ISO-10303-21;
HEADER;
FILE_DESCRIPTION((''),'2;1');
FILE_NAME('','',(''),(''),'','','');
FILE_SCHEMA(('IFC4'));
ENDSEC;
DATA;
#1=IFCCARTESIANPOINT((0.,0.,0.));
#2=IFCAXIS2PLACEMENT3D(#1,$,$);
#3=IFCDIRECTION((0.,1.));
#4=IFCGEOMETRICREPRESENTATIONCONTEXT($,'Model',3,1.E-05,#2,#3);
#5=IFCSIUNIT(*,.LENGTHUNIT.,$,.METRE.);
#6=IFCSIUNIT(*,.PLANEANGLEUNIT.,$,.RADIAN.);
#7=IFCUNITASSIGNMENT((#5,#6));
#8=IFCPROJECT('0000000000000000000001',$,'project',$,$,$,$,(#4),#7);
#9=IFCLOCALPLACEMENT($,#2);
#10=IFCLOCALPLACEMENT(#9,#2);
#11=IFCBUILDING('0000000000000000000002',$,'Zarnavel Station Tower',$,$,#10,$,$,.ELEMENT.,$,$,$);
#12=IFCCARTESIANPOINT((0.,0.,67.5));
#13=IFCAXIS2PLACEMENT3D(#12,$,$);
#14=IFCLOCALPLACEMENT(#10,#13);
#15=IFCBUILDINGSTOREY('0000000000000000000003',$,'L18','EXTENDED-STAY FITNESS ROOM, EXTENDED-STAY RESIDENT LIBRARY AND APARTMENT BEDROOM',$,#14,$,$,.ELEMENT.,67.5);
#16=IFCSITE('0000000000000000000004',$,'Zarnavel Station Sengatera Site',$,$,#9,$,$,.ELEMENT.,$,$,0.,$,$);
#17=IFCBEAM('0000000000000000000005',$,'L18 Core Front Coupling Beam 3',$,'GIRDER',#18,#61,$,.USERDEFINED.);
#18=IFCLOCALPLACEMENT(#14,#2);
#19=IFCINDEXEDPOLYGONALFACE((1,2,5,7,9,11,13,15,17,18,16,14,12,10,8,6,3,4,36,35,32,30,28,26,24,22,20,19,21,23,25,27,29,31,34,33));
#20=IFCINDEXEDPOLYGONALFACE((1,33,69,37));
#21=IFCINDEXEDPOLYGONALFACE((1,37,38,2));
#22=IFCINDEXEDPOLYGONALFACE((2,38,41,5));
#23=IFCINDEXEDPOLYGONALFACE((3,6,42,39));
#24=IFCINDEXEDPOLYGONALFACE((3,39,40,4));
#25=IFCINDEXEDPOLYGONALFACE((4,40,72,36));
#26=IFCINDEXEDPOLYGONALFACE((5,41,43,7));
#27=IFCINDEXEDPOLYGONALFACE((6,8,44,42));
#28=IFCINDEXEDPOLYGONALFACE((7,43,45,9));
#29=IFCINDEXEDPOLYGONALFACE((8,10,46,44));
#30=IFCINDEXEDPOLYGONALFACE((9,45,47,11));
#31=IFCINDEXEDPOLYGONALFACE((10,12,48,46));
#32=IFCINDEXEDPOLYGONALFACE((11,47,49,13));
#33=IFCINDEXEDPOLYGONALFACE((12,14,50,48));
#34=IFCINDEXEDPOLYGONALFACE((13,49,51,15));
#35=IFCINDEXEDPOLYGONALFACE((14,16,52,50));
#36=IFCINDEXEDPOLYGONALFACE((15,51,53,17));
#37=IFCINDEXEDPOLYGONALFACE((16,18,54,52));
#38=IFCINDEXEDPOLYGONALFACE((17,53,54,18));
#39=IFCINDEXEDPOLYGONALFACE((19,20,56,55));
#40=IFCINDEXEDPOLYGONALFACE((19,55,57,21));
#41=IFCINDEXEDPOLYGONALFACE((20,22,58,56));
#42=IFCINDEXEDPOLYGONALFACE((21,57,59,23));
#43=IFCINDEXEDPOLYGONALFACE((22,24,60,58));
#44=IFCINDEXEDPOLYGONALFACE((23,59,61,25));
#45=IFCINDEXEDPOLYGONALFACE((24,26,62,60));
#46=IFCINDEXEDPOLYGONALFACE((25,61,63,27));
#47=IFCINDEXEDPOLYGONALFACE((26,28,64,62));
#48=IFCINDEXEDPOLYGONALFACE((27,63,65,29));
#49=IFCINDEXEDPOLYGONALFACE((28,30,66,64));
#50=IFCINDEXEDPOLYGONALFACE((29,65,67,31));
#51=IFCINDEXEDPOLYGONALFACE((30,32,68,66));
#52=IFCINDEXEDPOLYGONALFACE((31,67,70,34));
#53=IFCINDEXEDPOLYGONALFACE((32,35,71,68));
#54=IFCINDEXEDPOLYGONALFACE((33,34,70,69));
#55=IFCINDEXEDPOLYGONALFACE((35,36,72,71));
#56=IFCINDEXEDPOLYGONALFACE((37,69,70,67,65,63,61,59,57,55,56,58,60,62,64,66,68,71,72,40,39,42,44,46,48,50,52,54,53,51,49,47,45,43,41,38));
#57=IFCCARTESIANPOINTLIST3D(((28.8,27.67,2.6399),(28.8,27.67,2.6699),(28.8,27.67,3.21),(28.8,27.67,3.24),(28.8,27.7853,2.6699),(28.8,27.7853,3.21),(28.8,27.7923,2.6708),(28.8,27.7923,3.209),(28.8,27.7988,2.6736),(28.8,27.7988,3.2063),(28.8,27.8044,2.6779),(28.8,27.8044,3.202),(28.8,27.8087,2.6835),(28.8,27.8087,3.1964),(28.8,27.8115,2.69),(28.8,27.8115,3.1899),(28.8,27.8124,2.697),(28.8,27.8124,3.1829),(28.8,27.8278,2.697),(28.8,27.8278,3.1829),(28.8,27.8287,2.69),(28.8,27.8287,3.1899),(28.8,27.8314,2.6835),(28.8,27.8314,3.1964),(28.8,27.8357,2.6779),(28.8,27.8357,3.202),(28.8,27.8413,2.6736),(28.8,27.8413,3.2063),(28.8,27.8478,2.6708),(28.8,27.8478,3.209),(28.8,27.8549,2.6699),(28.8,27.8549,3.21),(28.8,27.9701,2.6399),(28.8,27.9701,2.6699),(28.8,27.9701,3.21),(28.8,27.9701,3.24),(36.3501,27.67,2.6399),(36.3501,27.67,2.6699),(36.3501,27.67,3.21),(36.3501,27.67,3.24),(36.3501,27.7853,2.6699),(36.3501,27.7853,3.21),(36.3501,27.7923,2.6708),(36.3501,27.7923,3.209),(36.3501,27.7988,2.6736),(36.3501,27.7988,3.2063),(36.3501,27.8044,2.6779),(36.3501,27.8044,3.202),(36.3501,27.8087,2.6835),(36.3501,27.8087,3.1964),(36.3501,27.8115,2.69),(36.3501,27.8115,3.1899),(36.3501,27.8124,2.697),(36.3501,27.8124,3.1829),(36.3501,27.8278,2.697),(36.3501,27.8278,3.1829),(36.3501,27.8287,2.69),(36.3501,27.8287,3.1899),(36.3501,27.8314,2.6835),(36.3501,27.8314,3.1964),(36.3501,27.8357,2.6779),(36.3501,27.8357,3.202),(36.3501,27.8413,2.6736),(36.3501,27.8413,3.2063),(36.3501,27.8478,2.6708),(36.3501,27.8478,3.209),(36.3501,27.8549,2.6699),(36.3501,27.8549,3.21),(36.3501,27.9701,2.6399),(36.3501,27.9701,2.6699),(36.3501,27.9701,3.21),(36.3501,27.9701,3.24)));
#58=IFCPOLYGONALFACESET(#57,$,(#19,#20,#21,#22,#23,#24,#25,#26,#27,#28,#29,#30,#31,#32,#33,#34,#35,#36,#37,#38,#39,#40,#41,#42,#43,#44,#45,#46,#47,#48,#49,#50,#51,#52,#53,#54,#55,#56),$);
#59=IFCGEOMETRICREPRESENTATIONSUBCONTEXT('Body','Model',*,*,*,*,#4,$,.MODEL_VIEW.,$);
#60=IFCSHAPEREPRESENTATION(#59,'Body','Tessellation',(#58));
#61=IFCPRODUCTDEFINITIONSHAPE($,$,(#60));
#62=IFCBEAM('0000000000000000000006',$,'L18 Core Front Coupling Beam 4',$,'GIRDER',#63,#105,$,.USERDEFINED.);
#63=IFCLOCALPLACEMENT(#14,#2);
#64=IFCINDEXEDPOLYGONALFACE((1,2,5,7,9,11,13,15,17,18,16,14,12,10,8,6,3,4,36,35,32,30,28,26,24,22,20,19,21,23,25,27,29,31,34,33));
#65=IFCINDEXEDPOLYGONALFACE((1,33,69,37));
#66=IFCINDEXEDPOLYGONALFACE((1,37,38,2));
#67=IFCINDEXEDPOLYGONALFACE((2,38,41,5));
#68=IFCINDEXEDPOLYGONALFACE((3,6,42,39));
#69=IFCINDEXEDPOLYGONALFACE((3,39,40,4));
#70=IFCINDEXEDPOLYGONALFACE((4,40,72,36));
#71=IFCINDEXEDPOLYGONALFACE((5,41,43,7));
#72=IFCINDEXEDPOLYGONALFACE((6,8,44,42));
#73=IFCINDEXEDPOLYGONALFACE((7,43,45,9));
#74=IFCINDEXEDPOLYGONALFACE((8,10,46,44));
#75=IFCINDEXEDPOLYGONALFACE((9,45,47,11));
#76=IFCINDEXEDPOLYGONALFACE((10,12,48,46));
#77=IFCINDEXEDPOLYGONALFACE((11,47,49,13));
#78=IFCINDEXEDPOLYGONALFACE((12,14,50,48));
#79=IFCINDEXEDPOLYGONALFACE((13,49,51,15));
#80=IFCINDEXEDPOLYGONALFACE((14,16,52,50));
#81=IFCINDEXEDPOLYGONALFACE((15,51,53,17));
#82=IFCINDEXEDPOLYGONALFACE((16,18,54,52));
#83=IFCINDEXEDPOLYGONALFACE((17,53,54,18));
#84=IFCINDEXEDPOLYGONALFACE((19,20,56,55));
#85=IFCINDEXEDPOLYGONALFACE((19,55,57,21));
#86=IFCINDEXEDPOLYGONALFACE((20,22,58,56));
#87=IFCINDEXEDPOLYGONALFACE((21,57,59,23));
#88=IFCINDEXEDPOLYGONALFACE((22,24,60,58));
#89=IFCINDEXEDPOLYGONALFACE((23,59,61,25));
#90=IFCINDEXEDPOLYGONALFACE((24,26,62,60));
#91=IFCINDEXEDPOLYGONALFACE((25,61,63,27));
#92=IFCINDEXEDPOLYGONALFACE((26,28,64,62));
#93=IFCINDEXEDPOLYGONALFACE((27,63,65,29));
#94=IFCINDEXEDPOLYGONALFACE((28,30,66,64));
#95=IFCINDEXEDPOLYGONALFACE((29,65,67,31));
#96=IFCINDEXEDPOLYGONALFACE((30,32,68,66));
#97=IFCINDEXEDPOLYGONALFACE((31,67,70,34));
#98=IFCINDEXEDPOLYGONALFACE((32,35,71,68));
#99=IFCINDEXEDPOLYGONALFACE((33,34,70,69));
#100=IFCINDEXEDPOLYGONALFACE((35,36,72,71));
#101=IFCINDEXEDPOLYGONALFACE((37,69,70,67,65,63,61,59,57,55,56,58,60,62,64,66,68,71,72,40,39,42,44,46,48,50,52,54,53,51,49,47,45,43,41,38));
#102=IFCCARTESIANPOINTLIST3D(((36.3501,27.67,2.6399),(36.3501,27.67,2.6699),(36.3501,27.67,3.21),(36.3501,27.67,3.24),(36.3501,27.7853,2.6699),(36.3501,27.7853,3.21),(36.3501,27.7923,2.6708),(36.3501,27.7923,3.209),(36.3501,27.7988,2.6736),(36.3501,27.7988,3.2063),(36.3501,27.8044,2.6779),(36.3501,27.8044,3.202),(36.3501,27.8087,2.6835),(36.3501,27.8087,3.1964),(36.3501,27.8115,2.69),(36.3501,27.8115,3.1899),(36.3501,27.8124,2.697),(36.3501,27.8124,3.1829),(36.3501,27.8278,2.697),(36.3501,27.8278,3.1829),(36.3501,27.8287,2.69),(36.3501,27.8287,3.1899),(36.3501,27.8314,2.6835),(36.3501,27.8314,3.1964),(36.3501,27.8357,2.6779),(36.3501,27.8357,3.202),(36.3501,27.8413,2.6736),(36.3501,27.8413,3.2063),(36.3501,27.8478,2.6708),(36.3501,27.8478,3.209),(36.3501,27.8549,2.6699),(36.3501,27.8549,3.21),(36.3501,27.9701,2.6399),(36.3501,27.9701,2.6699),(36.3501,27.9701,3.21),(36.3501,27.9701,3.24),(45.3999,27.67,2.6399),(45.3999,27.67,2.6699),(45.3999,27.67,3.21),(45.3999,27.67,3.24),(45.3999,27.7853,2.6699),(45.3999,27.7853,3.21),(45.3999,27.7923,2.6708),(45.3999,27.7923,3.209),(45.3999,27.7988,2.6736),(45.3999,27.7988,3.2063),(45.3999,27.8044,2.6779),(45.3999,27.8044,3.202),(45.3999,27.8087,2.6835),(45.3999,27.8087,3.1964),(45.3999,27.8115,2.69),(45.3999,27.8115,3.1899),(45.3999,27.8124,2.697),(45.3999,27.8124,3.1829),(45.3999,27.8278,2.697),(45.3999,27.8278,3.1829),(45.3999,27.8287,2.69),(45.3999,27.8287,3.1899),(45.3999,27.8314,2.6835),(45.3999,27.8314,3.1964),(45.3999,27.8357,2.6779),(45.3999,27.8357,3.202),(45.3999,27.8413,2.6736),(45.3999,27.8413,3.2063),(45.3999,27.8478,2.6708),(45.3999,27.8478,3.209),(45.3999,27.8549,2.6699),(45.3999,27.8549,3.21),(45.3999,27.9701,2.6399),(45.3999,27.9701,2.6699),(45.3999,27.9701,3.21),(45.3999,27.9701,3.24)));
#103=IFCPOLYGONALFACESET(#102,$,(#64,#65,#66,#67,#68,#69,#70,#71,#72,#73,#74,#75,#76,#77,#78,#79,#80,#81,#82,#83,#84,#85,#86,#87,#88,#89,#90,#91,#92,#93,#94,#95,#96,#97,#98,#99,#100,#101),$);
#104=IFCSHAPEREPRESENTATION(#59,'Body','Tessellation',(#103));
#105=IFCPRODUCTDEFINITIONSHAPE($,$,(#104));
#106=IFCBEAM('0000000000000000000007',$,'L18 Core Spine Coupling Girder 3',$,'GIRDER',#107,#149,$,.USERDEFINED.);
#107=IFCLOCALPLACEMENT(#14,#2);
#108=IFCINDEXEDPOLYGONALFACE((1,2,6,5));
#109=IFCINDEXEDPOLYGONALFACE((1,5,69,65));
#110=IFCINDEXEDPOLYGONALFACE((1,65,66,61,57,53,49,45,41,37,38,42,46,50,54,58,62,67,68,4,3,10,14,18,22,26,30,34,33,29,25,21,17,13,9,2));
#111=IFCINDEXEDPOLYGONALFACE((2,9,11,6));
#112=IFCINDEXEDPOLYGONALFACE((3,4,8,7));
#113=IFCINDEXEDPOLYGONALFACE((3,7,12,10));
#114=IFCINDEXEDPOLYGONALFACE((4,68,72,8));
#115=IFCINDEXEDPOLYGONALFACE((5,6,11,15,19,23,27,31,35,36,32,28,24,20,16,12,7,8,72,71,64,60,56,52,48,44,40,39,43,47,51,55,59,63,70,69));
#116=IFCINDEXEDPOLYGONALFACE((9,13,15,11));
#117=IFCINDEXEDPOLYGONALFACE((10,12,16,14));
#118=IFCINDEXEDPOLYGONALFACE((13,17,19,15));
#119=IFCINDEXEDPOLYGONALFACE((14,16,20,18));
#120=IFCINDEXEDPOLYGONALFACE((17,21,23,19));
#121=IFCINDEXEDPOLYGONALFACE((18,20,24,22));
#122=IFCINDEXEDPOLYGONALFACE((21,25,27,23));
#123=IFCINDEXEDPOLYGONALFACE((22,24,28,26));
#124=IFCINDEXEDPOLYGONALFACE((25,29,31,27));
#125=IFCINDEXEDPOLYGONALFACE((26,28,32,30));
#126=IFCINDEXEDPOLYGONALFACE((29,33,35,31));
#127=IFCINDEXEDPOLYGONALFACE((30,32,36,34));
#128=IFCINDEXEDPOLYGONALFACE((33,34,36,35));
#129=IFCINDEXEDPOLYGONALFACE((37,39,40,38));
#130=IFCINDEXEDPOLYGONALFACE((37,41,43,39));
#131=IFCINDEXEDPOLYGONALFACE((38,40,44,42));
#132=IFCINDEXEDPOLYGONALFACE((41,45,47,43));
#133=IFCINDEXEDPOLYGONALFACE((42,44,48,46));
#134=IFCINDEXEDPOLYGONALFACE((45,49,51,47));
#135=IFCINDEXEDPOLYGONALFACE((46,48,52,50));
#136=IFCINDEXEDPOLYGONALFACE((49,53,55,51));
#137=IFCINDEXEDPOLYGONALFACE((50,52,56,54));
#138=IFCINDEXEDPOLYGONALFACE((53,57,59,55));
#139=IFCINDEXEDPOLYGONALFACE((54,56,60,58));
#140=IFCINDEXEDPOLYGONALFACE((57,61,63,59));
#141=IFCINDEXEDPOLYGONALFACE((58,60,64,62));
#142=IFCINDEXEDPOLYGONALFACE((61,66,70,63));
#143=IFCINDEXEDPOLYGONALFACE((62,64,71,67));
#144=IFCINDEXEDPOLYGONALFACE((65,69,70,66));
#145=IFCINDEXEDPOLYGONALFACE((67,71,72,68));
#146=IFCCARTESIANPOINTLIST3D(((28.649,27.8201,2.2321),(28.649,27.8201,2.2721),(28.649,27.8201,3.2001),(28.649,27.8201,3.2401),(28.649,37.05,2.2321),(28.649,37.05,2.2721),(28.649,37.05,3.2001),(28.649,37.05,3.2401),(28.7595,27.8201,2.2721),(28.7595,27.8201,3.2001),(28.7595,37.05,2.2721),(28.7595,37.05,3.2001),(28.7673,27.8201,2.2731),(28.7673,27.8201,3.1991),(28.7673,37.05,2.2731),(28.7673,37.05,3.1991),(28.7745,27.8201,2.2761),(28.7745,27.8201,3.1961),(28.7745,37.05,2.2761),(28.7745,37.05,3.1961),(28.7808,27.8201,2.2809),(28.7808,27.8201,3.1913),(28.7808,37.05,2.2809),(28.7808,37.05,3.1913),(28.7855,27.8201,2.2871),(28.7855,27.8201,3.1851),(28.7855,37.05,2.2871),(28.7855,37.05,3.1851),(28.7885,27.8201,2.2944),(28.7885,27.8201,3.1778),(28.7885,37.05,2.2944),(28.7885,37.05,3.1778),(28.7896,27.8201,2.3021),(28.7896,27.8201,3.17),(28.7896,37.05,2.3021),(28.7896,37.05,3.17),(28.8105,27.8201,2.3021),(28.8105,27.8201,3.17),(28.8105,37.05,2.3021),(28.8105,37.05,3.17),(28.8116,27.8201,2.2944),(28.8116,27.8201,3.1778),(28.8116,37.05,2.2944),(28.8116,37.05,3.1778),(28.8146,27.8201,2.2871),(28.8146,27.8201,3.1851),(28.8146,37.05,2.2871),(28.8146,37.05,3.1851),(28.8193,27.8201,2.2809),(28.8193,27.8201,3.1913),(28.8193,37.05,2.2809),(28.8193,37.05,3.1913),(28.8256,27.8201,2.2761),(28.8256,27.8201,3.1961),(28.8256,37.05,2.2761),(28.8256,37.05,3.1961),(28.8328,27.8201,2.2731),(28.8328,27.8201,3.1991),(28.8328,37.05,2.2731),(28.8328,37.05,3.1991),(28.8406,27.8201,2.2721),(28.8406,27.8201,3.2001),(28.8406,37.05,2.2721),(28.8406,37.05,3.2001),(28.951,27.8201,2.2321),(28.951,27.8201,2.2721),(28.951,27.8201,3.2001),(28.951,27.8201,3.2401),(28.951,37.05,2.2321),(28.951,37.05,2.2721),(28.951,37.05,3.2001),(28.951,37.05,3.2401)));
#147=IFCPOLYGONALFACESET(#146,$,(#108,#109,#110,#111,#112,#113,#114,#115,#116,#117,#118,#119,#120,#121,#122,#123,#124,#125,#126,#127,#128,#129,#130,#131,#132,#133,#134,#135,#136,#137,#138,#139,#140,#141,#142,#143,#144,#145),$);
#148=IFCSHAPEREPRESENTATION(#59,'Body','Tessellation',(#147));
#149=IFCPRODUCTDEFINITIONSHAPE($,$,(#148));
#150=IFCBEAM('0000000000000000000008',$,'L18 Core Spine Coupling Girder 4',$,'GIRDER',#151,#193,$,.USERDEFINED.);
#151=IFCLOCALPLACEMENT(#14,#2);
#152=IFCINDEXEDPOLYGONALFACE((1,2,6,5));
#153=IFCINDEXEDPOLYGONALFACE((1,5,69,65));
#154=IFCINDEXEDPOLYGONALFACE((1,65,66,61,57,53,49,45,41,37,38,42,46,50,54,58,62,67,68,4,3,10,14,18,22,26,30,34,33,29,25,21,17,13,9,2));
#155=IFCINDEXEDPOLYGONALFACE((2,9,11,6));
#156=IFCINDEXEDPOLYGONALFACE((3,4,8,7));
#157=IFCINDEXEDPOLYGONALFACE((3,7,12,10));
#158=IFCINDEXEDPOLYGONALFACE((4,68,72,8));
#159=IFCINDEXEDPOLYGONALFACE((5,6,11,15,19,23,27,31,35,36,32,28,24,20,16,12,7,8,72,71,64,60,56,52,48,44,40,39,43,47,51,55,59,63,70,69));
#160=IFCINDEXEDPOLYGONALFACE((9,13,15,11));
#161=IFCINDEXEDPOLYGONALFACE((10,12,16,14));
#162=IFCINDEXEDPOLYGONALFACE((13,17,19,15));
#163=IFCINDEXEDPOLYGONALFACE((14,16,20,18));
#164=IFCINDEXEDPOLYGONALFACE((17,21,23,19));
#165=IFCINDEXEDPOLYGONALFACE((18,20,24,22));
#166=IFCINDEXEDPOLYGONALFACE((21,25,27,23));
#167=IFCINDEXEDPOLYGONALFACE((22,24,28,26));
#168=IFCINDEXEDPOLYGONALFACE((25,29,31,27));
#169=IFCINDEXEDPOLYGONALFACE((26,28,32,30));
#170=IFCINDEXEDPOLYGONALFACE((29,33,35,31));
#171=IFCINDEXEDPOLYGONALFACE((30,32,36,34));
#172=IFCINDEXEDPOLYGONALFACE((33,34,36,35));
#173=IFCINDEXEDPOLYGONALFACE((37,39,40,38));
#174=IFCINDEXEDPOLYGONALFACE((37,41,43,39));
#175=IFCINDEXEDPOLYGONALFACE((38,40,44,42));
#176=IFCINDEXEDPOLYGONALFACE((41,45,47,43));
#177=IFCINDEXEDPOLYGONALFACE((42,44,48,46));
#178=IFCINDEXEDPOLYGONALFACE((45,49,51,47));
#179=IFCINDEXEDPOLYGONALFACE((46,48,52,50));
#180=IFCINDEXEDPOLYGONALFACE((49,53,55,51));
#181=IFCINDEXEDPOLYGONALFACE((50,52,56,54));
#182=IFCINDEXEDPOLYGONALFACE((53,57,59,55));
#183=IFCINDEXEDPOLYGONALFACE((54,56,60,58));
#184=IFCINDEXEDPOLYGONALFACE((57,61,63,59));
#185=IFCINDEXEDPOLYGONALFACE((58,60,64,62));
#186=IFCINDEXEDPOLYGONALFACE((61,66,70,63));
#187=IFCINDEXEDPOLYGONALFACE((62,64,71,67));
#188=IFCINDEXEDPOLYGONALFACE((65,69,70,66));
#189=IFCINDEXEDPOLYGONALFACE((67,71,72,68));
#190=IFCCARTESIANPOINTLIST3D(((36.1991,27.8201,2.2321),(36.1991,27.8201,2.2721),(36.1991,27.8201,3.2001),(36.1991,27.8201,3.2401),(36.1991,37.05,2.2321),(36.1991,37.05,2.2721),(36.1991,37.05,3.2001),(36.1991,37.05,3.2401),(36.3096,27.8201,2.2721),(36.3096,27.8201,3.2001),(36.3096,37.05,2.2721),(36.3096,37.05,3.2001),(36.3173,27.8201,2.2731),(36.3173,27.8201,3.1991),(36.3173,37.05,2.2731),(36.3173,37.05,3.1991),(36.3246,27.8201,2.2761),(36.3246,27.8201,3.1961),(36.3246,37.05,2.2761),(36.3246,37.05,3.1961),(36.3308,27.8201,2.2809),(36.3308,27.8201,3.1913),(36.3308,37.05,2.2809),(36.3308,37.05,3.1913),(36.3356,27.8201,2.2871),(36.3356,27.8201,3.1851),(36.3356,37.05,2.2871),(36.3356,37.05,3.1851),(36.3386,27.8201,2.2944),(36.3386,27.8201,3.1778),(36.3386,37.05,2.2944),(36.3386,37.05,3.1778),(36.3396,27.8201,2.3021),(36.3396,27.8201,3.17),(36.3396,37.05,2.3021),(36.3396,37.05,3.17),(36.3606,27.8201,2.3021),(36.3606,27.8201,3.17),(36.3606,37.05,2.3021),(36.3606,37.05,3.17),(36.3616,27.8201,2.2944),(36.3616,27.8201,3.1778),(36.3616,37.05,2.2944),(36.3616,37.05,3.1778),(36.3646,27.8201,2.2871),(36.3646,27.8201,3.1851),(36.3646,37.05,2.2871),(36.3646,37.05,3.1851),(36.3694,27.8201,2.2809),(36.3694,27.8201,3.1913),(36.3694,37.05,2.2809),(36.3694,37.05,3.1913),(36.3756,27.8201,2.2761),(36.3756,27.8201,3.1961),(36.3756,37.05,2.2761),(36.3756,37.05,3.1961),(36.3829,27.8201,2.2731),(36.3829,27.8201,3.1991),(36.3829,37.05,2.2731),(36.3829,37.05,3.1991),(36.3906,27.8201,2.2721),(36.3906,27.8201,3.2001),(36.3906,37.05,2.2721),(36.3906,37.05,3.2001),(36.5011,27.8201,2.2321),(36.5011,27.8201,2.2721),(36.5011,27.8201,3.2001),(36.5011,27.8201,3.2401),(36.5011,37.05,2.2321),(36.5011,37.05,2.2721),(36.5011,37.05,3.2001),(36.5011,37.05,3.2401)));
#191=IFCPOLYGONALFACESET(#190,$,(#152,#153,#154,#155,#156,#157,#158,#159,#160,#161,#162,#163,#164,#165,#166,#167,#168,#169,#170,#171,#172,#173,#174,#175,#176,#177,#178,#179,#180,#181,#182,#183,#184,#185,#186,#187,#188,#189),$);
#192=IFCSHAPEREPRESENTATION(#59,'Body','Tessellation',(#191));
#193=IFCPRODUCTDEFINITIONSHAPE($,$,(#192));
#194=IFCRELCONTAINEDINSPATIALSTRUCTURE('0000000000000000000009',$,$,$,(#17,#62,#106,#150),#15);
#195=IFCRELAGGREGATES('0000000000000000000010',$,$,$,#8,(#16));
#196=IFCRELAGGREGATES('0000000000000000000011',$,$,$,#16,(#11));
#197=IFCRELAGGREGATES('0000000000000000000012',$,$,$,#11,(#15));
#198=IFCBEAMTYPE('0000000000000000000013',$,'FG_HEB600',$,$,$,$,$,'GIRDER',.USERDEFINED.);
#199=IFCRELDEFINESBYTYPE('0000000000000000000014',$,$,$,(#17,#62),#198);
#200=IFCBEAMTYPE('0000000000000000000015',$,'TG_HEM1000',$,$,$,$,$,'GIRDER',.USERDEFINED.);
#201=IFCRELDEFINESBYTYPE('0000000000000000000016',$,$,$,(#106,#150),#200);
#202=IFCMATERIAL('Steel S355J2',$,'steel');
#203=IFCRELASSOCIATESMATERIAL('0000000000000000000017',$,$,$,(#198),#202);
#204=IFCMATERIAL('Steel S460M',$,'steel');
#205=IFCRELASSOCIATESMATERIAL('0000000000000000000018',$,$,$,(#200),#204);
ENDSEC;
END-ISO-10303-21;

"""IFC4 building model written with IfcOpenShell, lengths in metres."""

from ifc_helpers import new_model, si_unit, direction, frame, origin, origin_2d, place, context, subcontext, project, spatial, i_section, extrude, material, material_profile, profile_set, type_object, element, save


model = new_model("IFC4")

# Units and contexts
model_context = context("Model", 3, precision=1e-05, world=origin(), true_north=direction((0.0, 1.0)))
body_context = subcontext(model_context, "Body", "Model", "MODEL_VIEW")
ifc_project = project(units=[si_unit("LENGTHUNIT", "METRE"), si_unit("PLANEANGLEUNIT", "RADIAN")], contexts=[model_context])

# Site, building, storey
site_placement = place(None, origin())
site = spatial("IfcSite", under=ifc_project, at=site_placement, Name="Zarnavel Station Sengatera Site", CompositionType="ELEMENT", RefElevation=0.0)
building_placement = place(site_placement, origin())
building = spatial("IfcBuilding", under=site, at=building_placement, Name="Zarnavel Station Tower", CompositionType="ELEMENT")
storey_placement = place(building_placement, frame((0.0, 0.0, 67.5)))
storey = spatial("IfcBuildingStorey", under=building, at=storey_placement, Name="L18", Description="EXTENDED-STAY FITNESS ROOM, EXTENDED-STAY RESIDENT LIBRARY AND APARTMENT BEDROOM", CompositionType="ELEMENT", Elevation=67.5)

# Beams
ifc_material_1 = material(Name="Steel S355J2", Category="steel")
ifc_material_profile_1 = material_profile(ifc_material_1, i_section(OverallWidth=0.3, OverallDepth=0.6001, WebThickness=0.0154, FlangeThickness=0.03, FilletRadius=0.0271, at=origin_2d()), Name="HEB600")
ifc_profile_set_1 = profile_set([ifc_material_profile_1], Name="Steel S355J2")
beam_type_1 = type_object("IfcBeamType", Name="FG_HEB600", ElementType="GIRDER", PredefinedType="USERDEFINED", material=ifc_profile_set_1)
beam_1_placement = place(storey_placement, frame((28.8, 27.8201, 2.9399), z_axis=(1.0, 0.0, 0.0), x_axis=(0.0, 1.0, 0.0)))
element("IfcBeam", 1, at=beam_1_placement, inside=storey, type_object=beam_type_1, Name="L18 Core Front Coupling Beam 3", ObjectType="GIRDER", PredefinedType="USERDEFINED", context=body_context, shape_type="SweptSolid", body=[
    extrude(i_section(OverallWidth=0.3, OverallDepth=0.6001, WebThickness=0.0154, FlangeThickness=0.03, FilletRadius=0.0271, at=origin_2d()), origin(), (0.0, 0.0, 1.0), 7.55),
])
beam_2_placement = place(storey_placement, frame((36.3501, 27.8201, 2.9399), z_axis=(1.0, 0.0, 0.0), x_axis=(0.0, 1.0, 0.0)))
element("IfcBeam", 2, at=beam_2_placement, inside=storey, type_object=beam_type_1, Name="L18 Core Front Coupling Beam 4", ObjectType="GIRDER", PredefinedType="USERDEFINED", context=body_context, shape_type="SweptSolid", body=[
    extrude(i_section(OverallWidth=0.3, OverallDepth=0.6001, WebThickness=0.0154, FlangeThickness=0.03, FilletRadius=0.0271, at=origin_2d()), origin(), (0.0, 0.0, 1.0), 9.0498),
])
ifc_material_2 = material(Name="Steel S460M", Category="steel")
ifc_material_profile_2 = material_profile(ifc_material_2, i_section(OverallWidth=0.302, OverallDepth=1.0081, WebThickness=0.021, FlangeThickness=0.04, FilletRadius=0.03, at=origin_2d()), Name="HEM1000")
ifc_profile_set_2 = profile_set([ifc_material_profile_2], Name="Steel S460M")
beam_type_2 = type_object("IfcBeamType", Name="TG_HEM1000", ElementType="GIRDER", PredefinedType="USERDEFINED", material=ifc_profile_set_2)
for number, where, z_axis, x_axis, name in (
    (3, (28.8, 27.8201, 2.7361), (0.0, 1.0, 0.0), (-1.0, 0.0, 0.0), "L18 Core Spine Coupling Girder 3"),
    (4, (36.3501, 27.8201, 2.7361), (0.0, 1.0, 0.0), (-1.0, 0.0, 0.0), "L18 Core Spine Coupling Girder 4"),
):
    element("IfcBeam", number, at=place(storey_placement, frame(where, z_axis=z_axis, x_axis=x_axis)), inside=storey, type_object=beam_type_2, Name=name, ObjectType="GIRDER", PredefinedType="USERDEFINED", context=body_context, shape_type="SweptSolid", body=[
        extrude(i_section(OverallWidth=0.302, OverallDepth=1.0081, WebThickness=0.021, FlangeThickness=0.04, FilletRadius=0.03, at=origin_2d()), origin(), (0.0, 0.0, 1.0), 9.23),
    ])

save(model, "model.ifc")
